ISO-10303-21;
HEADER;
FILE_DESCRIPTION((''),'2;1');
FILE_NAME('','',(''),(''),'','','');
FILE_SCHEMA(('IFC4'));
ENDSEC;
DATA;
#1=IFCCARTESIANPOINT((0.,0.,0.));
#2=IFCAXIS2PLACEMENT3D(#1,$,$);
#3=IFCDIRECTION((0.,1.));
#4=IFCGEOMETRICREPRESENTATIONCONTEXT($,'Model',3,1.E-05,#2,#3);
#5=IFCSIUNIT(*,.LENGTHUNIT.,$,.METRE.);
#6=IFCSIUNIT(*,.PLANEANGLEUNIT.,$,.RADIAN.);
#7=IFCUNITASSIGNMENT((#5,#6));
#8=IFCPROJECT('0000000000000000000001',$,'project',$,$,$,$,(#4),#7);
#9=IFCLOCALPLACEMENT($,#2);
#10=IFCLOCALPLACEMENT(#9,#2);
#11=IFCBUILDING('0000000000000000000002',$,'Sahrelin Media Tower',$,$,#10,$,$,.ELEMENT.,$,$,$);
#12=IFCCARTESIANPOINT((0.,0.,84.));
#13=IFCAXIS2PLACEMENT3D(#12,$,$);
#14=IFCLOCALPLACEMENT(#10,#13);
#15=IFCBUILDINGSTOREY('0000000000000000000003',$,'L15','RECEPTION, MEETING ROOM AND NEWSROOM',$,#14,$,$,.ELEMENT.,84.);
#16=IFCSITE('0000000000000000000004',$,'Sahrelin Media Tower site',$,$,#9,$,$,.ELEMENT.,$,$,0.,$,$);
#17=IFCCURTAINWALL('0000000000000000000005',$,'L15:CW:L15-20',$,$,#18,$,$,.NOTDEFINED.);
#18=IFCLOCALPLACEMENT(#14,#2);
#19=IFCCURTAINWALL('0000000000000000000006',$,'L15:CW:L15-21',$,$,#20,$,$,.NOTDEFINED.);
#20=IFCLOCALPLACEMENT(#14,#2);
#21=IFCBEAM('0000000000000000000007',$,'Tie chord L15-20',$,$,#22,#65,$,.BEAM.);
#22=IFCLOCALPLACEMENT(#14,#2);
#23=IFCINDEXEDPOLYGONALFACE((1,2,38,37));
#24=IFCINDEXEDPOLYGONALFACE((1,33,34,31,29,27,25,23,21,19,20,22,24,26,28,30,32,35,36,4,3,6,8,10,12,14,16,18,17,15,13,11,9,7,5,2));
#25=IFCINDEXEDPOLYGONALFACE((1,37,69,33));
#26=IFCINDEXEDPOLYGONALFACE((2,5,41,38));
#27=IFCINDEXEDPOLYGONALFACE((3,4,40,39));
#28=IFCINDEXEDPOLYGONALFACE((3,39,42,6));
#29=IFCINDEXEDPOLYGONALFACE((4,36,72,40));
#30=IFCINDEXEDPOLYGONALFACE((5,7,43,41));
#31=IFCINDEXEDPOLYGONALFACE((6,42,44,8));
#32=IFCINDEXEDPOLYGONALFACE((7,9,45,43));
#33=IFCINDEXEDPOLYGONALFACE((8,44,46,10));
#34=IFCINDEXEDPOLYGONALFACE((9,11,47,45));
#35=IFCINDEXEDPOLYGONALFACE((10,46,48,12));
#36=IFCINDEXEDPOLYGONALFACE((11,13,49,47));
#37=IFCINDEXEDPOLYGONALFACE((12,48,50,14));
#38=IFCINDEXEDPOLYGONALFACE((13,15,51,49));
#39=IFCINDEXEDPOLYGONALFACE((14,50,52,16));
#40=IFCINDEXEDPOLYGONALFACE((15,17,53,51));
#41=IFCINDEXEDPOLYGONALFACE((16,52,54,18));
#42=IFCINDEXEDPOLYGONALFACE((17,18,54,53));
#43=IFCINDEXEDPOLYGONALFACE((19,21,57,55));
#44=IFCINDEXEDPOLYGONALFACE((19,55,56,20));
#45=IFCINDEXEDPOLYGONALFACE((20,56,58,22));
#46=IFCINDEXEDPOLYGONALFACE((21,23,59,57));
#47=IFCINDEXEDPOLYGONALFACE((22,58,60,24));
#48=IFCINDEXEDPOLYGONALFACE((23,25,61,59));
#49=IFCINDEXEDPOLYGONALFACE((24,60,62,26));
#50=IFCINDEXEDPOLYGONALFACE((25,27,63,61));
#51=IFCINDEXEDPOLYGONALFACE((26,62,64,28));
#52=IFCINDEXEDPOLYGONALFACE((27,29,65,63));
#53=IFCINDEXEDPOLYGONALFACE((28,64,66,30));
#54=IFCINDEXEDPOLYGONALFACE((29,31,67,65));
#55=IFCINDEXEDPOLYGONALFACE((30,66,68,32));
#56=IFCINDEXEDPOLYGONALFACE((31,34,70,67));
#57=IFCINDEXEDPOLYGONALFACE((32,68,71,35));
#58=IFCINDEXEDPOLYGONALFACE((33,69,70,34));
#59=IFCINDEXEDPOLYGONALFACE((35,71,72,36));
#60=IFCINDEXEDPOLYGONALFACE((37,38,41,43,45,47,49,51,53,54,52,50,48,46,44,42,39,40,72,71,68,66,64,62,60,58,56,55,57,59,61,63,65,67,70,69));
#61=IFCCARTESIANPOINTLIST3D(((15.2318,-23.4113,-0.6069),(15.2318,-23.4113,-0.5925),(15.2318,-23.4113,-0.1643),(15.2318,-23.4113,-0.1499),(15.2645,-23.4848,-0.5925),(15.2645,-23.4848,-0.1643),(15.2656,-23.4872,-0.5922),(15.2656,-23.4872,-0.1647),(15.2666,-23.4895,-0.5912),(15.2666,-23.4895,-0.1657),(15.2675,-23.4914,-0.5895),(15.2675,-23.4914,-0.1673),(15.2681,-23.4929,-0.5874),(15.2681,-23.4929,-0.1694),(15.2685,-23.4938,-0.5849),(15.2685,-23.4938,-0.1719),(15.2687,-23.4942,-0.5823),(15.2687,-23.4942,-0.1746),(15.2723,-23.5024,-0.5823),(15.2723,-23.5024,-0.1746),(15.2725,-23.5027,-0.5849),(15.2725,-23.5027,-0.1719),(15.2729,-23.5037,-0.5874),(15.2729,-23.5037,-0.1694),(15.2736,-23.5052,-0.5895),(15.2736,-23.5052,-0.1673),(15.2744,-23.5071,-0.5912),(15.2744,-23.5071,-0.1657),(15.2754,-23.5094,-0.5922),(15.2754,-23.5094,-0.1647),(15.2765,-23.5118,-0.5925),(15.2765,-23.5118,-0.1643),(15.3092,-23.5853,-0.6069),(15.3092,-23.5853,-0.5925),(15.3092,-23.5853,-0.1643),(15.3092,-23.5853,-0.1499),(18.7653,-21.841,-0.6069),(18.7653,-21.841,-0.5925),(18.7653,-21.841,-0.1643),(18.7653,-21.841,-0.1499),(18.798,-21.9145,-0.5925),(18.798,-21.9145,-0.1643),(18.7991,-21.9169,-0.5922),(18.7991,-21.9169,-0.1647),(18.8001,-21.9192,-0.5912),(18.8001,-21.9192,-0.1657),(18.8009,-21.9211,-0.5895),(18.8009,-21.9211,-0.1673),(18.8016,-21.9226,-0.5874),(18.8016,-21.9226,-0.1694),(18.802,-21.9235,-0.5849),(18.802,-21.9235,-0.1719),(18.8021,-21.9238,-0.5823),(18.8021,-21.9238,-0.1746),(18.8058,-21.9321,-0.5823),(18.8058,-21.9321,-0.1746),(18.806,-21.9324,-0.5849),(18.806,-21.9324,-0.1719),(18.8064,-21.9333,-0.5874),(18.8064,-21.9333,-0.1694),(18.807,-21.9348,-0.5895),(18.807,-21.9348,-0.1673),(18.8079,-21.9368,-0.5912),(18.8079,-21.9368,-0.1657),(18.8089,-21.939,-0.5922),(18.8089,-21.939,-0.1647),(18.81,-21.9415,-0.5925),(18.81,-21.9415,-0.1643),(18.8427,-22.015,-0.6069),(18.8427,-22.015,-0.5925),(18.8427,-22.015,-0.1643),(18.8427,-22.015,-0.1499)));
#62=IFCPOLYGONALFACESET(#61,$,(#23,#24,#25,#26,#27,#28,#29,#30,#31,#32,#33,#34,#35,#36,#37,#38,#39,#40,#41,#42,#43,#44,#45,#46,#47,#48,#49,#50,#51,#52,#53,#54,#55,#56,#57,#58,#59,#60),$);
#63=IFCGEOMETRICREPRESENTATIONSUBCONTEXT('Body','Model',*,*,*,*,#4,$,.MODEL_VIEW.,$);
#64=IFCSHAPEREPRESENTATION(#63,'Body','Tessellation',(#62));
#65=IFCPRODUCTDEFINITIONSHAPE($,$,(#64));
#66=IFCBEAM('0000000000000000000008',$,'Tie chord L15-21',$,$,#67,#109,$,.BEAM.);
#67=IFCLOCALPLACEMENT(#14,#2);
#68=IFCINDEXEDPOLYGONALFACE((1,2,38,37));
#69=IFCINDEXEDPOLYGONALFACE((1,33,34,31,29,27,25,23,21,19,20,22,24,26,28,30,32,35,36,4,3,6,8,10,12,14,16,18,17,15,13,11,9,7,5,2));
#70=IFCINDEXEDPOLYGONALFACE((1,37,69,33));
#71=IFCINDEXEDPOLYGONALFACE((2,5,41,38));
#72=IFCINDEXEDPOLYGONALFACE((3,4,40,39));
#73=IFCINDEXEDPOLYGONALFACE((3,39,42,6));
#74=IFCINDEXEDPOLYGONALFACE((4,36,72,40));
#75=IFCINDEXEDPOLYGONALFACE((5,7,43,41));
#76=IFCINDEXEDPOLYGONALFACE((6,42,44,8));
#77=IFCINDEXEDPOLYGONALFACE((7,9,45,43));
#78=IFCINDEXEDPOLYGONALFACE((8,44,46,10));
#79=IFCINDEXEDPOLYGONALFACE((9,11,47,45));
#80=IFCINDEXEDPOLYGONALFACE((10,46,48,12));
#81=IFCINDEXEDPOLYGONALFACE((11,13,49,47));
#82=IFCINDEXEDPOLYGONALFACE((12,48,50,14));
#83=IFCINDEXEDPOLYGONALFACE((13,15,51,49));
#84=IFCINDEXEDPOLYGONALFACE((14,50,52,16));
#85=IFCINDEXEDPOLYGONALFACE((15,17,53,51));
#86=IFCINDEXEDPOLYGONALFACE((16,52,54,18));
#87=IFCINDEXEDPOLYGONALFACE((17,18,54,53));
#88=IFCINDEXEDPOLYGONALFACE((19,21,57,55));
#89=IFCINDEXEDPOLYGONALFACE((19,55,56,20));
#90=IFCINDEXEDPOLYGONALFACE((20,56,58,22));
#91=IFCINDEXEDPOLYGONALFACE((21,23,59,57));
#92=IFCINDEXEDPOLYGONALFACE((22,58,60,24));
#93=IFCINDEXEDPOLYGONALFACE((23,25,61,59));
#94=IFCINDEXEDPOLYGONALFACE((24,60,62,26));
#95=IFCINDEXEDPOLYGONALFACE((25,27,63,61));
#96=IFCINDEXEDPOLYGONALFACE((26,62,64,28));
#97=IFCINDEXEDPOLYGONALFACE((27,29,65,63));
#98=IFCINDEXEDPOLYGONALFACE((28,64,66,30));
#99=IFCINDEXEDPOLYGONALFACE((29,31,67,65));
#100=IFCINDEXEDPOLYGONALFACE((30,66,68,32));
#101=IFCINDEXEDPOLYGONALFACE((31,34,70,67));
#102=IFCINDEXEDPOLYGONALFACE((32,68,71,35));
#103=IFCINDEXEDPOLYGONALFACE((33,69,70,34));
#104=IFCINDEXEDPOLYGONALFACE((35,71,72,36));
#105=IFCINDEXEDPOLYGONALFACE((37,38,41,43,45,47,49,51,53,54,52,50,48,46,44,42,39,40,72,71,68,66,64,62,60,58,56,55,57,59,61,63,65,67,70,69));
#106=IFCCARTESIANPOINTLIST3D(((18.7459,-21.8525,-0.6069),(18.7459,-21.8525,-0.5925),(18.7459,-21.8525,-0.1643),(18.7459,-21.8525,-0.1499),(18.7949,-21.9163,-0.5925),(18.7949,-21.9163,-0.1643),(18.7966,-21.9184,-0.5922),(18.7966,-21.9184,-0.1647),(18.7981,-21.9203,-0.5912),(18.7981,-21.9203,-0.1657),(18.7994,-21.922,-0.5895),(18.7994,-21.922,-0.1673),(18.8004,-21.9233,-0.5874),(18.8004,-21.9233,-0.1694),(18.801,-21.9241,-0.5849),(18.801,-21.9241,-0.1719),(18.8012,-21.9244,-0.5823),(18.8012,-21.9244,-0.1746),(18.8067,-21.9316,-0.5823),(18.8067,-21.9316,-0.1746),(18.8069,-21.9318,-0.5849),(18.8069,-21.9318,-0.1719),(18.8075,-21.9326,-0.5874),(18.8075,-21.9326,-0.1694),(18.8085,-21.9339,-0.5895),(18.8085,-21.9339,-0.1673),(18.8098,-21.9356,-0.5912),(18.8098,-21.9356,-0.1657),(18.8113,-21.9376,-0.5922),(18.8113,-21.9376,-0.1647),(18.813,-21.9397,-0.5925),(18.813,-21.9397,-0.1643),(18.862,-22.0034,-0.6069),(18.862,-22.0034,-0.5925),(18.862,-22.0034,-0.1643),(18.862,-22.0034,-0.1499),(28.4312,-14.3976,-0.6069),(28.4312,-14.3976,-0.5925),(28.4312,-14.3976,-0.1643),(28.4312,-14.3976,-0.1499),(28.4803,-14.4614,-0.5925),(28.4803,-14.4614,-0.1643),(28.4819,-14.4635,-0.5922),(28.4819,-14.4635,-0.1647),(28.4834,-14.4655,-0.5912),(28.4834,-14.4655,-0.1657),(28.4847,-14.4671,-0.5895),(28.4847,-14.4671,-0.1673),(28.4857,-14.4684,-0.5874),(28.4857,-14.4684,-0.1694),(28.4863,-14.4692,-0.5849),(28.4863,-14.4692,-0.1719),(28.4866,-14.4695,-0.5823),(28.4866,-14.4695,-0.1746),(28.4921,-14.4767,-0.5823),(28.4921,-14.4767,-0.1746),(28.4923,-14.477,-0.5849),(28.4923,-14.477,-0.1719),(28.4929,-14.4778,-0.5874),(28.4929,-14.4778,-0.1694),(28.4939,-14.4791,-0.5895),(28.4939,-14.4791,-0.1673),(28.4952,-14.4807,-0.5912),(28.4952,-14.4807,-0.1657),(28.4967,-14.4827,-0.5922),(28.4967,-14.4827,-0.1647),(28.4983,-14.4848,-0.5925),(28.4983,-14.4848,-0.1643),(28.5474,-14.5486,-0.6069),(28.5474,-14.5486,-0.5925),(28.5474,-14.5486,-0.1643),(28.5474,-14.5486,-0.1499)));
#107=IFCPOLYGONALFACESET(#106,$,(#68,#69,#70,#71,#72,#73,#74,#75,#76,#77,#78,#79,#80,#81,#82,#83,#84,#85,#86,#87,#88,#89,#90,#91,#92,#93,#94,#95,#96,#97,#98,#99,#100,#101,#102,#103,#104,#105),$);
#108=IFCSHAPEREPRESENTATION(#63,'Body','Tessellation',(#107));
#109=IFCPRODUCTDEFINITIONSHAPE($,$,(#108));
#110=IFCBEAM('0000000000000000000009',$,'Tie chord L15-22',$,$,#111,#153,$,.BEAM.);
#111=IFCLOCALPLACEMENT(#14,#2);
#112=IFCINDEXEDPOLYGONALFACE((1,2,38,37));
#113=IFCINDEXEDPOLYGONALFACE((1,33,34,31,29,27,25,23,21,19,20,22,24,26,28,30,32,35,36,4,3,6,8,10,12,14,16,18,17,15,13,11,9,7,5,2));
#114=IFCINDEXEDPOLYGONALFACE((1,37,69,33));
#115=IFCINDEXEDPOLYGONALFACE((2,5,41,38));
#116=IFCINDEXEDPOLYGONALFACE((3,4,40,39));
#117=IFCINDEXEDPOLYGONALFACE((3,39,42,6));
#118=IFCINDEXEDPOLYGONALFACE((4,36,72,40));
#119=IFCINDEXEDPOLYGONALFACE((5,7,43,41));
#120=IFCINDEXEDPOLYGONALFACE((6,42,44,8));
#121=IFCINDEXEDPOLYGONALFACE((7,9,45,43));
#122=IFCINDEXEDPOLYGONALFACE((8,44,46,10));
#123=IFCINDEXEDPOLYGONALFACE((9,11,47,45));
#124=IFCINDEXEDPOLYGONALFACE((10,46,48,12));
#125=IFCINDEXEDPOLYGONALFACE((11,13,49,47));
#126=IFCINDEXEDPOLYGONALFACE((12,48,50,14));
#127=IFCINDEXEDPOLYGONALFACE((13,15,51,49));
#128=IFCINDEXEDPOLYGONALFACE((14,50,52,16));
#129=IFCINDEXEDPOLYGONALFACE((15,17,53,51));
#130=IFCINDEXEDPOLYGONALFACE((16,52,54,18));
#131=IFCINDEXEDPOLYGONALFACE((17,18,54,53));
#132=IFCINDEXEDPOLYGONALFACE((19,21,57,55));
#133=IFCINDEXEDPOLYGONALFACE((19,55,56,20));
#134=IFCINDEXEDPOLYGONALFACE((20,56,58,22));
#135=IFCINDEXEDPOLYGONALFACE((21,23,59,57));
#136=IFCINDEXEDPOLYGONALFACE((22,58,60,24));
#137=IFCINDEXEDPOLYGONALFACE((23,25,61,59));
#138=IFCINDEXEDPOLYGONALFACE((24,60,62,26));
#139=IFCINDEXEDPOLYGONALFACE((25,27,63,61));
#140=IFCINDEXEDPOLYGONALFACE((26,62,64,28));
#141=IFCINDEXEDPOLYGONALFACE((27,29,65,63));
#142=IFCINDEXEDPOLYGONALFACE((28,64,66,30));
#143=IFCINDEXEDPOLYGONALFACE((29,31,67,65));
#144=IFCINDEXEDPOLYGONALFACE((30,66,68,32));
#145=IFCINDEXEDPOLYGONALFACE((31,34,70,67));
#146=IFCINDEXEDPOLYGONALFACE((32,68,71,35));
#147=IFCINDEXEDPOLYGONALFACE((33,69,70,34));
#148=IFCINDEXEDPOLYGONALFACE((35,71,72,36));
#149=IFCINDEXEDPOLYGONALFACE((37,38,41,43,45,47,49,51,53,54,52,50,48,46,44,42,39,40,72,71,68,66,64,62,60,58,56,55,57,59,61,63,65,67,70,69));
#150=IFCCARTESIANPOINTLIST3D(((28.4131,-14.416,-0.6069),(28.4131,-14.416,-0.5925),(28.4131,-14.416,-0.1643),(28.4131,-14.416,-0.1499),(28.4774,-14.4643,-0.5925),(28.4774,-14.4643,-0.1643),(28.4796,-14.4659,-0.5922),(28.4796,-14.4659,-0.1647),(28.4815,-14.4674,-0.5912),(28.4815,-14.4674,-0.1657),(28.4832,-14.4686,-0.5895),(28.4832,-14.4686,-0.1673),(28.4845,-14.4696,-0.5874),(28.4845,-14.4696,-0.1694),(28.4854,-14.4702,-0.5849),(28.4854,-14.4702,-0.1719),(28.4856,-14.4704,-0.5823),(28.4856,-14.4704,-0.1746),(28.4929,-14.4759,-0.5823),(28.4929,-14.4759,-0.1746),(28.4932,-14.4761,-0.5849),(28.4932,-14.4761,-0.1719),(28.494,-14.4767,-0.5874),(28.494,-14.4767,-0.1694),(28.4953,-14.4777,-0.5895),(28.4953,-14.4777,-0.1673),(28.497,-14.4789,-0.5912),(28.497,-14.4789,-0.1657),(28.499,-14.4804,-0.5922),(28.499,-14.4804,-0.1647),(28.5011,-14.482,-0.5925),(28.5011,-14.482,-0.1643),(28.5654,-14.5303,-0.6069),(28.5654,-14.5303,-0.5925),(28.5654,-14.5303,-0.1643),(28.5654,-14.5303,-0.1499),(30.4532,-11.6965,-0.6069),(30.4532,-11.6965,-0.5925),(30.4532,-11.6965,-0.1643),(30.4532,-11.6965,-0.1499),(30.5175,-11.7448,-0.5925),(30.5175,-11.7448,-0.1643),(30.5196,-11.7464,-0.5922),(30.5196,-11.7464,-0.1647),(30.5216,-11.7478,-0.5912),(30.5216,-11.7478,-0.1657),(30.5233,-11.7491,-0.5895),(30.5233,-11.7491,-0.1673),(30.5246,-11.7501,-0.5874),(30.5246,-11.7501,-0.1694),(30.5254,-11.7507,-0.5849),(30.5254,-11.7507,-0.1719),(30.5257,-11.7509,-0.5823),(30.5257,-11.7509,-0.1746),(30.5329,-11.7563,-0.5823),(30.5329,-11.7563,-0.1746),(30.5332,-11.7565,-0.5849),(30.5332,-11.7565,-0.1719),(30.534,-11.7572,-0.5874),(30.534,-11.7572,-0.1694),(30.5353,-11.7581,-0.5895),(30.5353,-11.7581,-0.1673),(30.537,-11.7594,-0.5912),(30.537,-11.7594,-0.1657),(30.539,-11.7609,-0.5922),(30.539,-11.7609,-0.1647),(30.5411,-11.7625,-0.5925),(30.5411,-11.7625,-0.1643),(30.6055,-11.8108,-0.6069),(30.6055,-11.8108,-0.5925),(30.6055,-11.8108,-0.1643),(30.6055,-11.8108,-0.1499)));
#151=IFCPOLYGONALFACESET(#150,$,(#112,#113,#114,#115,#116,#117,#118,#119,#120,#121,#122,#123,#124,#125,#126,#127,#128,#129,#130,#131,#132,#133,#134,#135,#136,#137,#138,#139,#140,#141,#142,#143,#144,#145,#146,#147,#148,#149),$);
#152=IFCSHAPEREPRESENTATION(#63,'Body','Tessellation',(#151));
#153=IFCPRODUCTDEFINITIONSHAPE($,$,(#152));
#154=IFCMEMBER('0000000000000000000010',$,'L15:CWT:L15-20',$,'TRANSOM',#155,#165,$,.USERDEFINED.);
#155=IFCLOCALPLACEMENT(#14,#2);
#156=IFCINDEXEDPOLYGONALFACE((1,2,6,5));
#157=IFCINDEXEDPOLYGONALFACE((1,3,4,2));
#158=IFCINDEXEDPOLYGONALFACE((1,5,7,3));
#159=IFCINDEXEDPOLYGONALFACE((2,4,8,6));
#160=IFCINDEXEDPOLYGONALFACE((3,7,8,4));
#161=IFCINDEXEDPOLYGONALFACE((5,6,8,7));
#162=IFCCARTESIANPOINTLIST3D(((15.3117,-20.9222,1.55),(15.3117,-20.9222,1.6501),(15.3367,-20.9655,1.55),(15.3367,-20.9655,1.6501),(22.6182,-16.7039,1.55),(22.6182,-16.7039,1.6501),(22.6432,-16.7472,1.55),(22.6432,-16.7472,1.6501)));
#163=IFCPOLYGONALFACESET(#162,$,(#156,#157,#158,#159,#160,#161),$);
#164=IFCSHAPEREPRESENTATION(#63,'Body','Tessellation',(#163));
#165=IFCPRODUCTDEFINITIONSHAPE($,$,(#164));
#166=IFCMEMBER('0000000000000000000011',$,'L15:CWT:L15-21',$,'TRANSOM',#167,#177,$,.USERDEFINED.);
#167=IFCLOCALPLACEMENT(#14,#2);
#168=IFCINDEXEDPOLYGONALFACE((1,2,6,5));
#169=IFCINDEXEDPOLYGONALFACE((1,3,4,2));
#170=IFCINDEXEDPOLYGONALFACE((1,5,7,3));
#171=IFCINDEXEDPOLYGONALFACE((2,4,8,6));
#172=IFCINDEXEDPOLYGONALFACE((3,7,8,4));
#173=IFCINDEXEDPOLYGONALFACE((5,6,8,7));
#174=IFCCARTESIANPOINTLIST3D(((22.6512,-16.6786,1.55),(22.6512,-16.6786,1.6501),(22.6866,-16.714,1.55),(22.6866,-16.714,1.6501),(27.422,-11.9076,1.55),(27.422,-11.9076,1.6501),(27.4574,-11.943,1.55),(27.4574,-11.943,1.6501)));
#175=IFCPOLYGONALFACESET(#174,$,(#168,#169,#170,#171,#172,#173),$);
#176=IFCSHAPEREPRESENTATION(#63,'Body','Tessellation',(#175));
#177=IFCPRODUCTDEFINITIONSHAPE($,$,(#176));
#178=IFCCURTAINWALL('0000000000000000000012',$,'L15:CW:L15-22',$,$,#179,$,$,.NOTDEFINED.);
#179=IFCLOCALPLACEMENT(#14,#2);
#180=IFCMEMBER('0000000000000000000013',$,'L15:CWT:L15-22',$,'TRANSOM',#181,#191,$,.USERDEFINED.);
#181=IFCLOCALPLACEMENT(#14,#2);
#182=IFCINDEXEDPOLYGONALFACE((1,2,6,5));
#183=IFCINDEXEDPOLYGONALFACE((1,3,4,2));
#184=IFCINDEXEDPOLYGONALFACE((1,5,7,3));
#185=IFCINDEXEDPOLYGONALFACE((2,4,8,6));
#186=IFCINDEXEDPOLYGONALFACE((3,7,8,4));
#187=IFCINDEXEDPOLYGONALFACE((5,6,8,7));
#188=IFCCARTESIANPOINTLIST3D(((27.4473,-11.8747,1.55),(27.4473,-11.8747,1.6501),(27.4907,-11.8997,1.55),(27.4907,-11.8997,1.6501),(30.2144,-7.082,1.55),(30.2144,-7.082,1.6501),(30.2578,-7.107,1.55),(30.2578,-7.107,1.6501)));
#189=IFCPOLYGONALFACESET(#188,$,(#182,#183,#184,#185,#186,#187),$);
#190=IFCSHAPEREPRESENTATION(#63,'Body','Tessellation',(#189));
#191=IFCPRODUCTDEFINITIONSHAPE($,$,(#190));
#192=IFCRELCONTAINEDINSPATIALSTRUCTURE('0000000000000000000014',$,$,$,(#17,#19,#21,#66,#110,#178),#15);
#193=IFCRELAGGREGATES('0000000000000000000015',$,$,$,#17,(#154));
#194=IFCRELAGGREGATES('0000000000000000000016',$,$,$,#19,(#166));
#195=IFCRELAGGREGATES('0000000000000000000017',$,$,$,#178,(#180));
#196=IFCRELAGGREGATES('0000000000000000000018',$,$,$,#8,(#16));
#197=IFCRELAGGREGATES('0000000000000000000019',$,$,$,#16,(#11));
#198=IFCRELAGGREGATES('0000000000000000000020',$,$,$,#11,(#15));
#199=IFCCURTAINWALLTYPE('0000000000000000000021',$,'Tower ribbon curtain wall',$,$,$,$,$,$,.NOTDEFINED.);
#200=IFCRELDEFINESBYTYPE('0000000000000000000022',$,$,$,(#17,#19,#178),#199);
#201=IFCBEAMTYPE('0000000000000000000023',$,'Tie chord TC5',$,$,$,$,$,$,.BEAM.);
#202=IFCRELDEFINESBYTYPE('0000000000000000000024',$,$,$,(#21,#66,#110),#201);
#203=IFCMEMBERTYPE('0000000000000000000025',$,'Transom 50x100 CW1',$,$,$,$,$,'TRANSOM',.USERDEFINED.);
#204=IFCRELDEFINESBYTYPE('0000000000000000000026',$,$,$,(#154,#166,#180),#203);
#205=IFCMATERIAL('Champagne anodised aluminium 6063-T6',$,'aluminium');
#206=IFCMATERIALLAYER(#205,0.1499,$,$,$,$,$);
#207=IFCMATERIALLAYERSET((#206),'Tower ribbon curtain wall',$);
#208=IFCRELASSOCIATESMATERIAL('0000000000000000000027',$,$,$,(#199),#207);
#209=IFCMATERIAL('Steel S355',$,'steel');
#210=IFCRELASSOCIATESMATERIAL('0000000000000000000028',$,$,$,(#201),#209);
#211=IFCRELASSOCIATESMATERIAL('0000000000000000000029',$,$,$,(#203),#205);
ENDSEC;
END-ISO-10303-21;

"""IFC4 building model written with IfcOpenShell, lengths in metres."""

from ifc_helpers import new_model, si_unit, direction, frame, origin, origin_2d, place, context, subcontext, project, spatial, rectangle, i_section, extrude, material, layer, layer_set, material_profile, profile_set, type_object, element, aggregate, save


model = new_model("IFC4")

# Units and contexts
model_context = context("Model", 3, precision=1e-05, world=origin(), true_north=direction((0.0, 1.0)))
body_context = subcontext(model_context, "Body", "Model", "MODEL_VIEW")
ifc_project = project(units=[si_unit("LENGTHUNIT", "METRE"), si_unit("PLANEANGLEUNIT", "RADIAN")], contexts=[model_context])

# Site, building, storey
site_placement = place(None, origin())
site = spatial("IfcSite", under=ifc_project, at=site_placement, Name="Sahrelin Media Tower site", CompositionType="ELEMENT", RefElevation=0.0)
building_placement = place(site_placement, origin())
building = spatial("IfcBuilding", under=site, at=building_placement, Name="Sahrelin Media Tower", CompositionType="ELEMENT")
storey_placement = place(building_placement, frame((0.0, 0.0, 84.0)))
storey = spatial("IfcBuildingStorey", under=building, at=storey_placement, Name="L15", Description="RECEPTION, MEETING ROOM AND NEWSROOM", CompositionType="ELEMENT", Elevation=84.0)

# Shared definitions
ifc_material_1 = material(Name="Steel S355", Category="steel")

# Curtain walls
ifc_material_2 = material(Name="Champagne anodised aluminium 6063-T6", Category="aluminium")
ifc_layer_1 = layer(ifc_material_2, 0.1499)
ifc_layer_set_1 = layer_set([ifc_layer_1], Name="Tower ribbon curtain wall")
curtain_wall_type = type_object("IfcCurtainWallType", Name="Tower ribbon curtain wall", PredefinedType="NOTDEFINED", material=ifc_layer_set_1)
curtain_wall_1_placement = place(storey_placement, frame((19.075, -19.0037, 0.0), z_axis=(0.0, 0.0, 1.0), x_axis=(1.0, 0.0, 0.0)))
curtain_wall_1 = element("IfcCurtainWall", 1, at=curtain_wall_1_placement, inside=storey, type_object=curtain_wall_type, Name="L15:CW:L15-20", PredefinedType="NOTDEFINED")
curtain_wall_2_placement = place(storey_placement, frame((25.1921, -14.4487, 0.0), z_axis=(0.0, 0.0, 1.0), x_axis=(1.0, 0.0, 0.0)))
curtain_wall_2 = element("IfcCurtainWall", 2, at=curtain_wall_2_placement, inside=storey, type_object=curtain_wall_type, Name="L15:CW:L15-21", PredefinedType="NOTDEFINED")

# Beams
ifc_material_profile_1 = material_profile(ifc_material_1, i_section(OverallWidth=0.1904, OverallDepth=0.457, WebThickness=0.009, FlangeThickness=0.0144, FilletRadius=0.0103, at=origin_2d()), Name="UB 457x191x74")
ifc_profile_set_1 = profile_set([ifc_material_profile_1], Name="Steel S355")
beam_type_1 = type_object("IfcBeamType", Name="Tie chord TC5", PredefinedType="BEAM", material=ifc_profile_set_1)
beam_1_placement = place(storey_placement, frame((15.2705, -23.4983, -0.3784), z_axis=(0.913822, 0.406115, 0.0), x_axis=(-0.406115, 0.913822, 0.0)))
element("IfcBeam", 3, at=beam_1_placement, inside=storey, type_object=beam_type_1, Name="Tie chord L15-20", PredefinedType="BEAM", context=body_context, shape_type="SweptSolid", body=[
    extrude(i_section(OverallWidth=0.1904, OverallDepth=0.457, WebThickness=0.009, FlangeThickness=0.0144, FilletRadius=0.0103, at=origin_2d()), origin(), (0.0, 0.0, 1.0), 3.8667),
])
beam_2_placement = place(storey_placement, frame((18.804, -21.928, -0.3784), z_axis=(0.792442, 0.609947, 0.0), x_axis=(-0.609947, 0.792442, 0.0)))
element("IfcBeam", 4, at=beam_2_placement, inside=storey, type_object=beam_type_1, Name="Tie chord L15-21", PredefinedType="BEAM", context=body_context, shape_type="SweptSolid", body=[
    extrude(i_section(OverallWidth=0.1904, OverallDepth=0.457, WebThickness=0.009, FlangeThickness=0.0144, FilletRadius=0.0103, at=origin_2d()), origin(), (0.0, 0.0, 1.0), 12.2222),
])
beam_3_placement = place(storey_placement, frame((28.4893, -14.4731, -0.3784), z_axis=(0.60008, 0.79994, 0.0), x_axis=(-0.79994, 0.60008, 0.0)))
element("IfcBeam", 5, at=beam_3_placement, inside=storey, type_object=beam_type_1, Name="Tie chord L15-22", PredefinedType="BEAM", context=body_context, shape_type="SweptSolid", body=[
    extrude(i_section(OverallWidth=0.1904, OverallDepth=0.457, WebThickness=0.009, FlangeThickness=0.0144, FilletRadius=0.0103, at=origin_2d()), origin(), (0.0, 0.0, 1.0), 3.3997),
])

# Members
ifc_material_profile_2 = material_profile(ifc_material_2, rectangle(XDim=0.05, YDim=0.1001, at=origin_2d()), Name="Transom 50x100")
ifc_profile_set_2 = profile_set([ifc_material_profile_2], Name="Champagne anodised aluminium 6063-T6")
member_type_1 = type_object("IfcMemberType", Name="Transom 50x100 CW1", ElementType="TRANSOM", PredefinedType="USERDEFINED", material=ifc_profile_set_2)
member_1_placement = place(storey_placement, frame((15.3242, -20.9438, 1.6001), z_axis=(0.86603, 0.499992, 0.0), x_axis=(-0.499992, 0.86603, 0.0)))
member_1 = element("IfcMember", 6, at=member_1_placement, type_object=member_type_1, Name="L15:CWT:L15-20", ObjectType="TRANSOM", PredefinedType="USERDEFINED", context=body_context, shape_type="SweptSolid", body=[
    extrude(rectangle(XDim=0.05, YDim=0.1001, at=origin_2d()), origin(), (0.0, 0.0, 1.0), 8.4368),
])
member_2_placement = place(storey_placement, frame((22.6689, -16.6963, 1.6001), z_axis=(0.707089, 0.707125, 0.0), x_axis=(-0.707125, 0.707089, 0.0)))
member_2 = element("IfcMember", 7, at=member_2_placement, type_object=member_type_1, Name="L15:CWT:L15-21", ObjectType="TRANSOM", PredefinedType="USERDEFINED", context=body_context, shape_type="SweptSolid", body=[
    extrude(rectangle(XDim=0.05, YDim=0.1001, at=origin_2d()), origin(), (0.0, 0.0, 1.0), 6.7471),
])

# Curtain wall, member
curtain_wall_3_placement = place(storey_placement, frame((29.0215, -9.5884, 0.0), z_axis=(0.0, 0.0, 1.0), x_axis=(1.0, 0.0, 0.0)))
curtain_wall_3 = element("IfcCurtainWall", 8, at=curtain_wall_3_placement, inside=storey, type_object=curtain_wall_type, Name="L15:CW:L15-22", PredefinedType="NOTDEFINED")
member_3_placement = place(storey_placement, frame((27.469, -11.8872, 1.6001), z_axis=(0.500001, 0.866025, 0.0), x_axis=(-0.866025, 0.500001, 0.0)))
member_3 = element("IfcMember", 9, at=member_3_placement, type_object=member_type_1, Name="L15:CWT:L15-22", ObjectType="TRANSOM", PredefinedType="USERDEFINED", context=body_context, shape_type="SweptSolid", body=[
    extrude(rectangle(XDim=0.05, YDim=0.1001, at=origin_2d()), origin(), (0.0, 0.0, 1.0), 5.5342),
])

aggregate(curtain_wall_1, [member_1])
aggregate(curtain_wall_2, [member_2])
aggregate(curtain_wall_3, [member_3])

save(model, "model.ifc")
